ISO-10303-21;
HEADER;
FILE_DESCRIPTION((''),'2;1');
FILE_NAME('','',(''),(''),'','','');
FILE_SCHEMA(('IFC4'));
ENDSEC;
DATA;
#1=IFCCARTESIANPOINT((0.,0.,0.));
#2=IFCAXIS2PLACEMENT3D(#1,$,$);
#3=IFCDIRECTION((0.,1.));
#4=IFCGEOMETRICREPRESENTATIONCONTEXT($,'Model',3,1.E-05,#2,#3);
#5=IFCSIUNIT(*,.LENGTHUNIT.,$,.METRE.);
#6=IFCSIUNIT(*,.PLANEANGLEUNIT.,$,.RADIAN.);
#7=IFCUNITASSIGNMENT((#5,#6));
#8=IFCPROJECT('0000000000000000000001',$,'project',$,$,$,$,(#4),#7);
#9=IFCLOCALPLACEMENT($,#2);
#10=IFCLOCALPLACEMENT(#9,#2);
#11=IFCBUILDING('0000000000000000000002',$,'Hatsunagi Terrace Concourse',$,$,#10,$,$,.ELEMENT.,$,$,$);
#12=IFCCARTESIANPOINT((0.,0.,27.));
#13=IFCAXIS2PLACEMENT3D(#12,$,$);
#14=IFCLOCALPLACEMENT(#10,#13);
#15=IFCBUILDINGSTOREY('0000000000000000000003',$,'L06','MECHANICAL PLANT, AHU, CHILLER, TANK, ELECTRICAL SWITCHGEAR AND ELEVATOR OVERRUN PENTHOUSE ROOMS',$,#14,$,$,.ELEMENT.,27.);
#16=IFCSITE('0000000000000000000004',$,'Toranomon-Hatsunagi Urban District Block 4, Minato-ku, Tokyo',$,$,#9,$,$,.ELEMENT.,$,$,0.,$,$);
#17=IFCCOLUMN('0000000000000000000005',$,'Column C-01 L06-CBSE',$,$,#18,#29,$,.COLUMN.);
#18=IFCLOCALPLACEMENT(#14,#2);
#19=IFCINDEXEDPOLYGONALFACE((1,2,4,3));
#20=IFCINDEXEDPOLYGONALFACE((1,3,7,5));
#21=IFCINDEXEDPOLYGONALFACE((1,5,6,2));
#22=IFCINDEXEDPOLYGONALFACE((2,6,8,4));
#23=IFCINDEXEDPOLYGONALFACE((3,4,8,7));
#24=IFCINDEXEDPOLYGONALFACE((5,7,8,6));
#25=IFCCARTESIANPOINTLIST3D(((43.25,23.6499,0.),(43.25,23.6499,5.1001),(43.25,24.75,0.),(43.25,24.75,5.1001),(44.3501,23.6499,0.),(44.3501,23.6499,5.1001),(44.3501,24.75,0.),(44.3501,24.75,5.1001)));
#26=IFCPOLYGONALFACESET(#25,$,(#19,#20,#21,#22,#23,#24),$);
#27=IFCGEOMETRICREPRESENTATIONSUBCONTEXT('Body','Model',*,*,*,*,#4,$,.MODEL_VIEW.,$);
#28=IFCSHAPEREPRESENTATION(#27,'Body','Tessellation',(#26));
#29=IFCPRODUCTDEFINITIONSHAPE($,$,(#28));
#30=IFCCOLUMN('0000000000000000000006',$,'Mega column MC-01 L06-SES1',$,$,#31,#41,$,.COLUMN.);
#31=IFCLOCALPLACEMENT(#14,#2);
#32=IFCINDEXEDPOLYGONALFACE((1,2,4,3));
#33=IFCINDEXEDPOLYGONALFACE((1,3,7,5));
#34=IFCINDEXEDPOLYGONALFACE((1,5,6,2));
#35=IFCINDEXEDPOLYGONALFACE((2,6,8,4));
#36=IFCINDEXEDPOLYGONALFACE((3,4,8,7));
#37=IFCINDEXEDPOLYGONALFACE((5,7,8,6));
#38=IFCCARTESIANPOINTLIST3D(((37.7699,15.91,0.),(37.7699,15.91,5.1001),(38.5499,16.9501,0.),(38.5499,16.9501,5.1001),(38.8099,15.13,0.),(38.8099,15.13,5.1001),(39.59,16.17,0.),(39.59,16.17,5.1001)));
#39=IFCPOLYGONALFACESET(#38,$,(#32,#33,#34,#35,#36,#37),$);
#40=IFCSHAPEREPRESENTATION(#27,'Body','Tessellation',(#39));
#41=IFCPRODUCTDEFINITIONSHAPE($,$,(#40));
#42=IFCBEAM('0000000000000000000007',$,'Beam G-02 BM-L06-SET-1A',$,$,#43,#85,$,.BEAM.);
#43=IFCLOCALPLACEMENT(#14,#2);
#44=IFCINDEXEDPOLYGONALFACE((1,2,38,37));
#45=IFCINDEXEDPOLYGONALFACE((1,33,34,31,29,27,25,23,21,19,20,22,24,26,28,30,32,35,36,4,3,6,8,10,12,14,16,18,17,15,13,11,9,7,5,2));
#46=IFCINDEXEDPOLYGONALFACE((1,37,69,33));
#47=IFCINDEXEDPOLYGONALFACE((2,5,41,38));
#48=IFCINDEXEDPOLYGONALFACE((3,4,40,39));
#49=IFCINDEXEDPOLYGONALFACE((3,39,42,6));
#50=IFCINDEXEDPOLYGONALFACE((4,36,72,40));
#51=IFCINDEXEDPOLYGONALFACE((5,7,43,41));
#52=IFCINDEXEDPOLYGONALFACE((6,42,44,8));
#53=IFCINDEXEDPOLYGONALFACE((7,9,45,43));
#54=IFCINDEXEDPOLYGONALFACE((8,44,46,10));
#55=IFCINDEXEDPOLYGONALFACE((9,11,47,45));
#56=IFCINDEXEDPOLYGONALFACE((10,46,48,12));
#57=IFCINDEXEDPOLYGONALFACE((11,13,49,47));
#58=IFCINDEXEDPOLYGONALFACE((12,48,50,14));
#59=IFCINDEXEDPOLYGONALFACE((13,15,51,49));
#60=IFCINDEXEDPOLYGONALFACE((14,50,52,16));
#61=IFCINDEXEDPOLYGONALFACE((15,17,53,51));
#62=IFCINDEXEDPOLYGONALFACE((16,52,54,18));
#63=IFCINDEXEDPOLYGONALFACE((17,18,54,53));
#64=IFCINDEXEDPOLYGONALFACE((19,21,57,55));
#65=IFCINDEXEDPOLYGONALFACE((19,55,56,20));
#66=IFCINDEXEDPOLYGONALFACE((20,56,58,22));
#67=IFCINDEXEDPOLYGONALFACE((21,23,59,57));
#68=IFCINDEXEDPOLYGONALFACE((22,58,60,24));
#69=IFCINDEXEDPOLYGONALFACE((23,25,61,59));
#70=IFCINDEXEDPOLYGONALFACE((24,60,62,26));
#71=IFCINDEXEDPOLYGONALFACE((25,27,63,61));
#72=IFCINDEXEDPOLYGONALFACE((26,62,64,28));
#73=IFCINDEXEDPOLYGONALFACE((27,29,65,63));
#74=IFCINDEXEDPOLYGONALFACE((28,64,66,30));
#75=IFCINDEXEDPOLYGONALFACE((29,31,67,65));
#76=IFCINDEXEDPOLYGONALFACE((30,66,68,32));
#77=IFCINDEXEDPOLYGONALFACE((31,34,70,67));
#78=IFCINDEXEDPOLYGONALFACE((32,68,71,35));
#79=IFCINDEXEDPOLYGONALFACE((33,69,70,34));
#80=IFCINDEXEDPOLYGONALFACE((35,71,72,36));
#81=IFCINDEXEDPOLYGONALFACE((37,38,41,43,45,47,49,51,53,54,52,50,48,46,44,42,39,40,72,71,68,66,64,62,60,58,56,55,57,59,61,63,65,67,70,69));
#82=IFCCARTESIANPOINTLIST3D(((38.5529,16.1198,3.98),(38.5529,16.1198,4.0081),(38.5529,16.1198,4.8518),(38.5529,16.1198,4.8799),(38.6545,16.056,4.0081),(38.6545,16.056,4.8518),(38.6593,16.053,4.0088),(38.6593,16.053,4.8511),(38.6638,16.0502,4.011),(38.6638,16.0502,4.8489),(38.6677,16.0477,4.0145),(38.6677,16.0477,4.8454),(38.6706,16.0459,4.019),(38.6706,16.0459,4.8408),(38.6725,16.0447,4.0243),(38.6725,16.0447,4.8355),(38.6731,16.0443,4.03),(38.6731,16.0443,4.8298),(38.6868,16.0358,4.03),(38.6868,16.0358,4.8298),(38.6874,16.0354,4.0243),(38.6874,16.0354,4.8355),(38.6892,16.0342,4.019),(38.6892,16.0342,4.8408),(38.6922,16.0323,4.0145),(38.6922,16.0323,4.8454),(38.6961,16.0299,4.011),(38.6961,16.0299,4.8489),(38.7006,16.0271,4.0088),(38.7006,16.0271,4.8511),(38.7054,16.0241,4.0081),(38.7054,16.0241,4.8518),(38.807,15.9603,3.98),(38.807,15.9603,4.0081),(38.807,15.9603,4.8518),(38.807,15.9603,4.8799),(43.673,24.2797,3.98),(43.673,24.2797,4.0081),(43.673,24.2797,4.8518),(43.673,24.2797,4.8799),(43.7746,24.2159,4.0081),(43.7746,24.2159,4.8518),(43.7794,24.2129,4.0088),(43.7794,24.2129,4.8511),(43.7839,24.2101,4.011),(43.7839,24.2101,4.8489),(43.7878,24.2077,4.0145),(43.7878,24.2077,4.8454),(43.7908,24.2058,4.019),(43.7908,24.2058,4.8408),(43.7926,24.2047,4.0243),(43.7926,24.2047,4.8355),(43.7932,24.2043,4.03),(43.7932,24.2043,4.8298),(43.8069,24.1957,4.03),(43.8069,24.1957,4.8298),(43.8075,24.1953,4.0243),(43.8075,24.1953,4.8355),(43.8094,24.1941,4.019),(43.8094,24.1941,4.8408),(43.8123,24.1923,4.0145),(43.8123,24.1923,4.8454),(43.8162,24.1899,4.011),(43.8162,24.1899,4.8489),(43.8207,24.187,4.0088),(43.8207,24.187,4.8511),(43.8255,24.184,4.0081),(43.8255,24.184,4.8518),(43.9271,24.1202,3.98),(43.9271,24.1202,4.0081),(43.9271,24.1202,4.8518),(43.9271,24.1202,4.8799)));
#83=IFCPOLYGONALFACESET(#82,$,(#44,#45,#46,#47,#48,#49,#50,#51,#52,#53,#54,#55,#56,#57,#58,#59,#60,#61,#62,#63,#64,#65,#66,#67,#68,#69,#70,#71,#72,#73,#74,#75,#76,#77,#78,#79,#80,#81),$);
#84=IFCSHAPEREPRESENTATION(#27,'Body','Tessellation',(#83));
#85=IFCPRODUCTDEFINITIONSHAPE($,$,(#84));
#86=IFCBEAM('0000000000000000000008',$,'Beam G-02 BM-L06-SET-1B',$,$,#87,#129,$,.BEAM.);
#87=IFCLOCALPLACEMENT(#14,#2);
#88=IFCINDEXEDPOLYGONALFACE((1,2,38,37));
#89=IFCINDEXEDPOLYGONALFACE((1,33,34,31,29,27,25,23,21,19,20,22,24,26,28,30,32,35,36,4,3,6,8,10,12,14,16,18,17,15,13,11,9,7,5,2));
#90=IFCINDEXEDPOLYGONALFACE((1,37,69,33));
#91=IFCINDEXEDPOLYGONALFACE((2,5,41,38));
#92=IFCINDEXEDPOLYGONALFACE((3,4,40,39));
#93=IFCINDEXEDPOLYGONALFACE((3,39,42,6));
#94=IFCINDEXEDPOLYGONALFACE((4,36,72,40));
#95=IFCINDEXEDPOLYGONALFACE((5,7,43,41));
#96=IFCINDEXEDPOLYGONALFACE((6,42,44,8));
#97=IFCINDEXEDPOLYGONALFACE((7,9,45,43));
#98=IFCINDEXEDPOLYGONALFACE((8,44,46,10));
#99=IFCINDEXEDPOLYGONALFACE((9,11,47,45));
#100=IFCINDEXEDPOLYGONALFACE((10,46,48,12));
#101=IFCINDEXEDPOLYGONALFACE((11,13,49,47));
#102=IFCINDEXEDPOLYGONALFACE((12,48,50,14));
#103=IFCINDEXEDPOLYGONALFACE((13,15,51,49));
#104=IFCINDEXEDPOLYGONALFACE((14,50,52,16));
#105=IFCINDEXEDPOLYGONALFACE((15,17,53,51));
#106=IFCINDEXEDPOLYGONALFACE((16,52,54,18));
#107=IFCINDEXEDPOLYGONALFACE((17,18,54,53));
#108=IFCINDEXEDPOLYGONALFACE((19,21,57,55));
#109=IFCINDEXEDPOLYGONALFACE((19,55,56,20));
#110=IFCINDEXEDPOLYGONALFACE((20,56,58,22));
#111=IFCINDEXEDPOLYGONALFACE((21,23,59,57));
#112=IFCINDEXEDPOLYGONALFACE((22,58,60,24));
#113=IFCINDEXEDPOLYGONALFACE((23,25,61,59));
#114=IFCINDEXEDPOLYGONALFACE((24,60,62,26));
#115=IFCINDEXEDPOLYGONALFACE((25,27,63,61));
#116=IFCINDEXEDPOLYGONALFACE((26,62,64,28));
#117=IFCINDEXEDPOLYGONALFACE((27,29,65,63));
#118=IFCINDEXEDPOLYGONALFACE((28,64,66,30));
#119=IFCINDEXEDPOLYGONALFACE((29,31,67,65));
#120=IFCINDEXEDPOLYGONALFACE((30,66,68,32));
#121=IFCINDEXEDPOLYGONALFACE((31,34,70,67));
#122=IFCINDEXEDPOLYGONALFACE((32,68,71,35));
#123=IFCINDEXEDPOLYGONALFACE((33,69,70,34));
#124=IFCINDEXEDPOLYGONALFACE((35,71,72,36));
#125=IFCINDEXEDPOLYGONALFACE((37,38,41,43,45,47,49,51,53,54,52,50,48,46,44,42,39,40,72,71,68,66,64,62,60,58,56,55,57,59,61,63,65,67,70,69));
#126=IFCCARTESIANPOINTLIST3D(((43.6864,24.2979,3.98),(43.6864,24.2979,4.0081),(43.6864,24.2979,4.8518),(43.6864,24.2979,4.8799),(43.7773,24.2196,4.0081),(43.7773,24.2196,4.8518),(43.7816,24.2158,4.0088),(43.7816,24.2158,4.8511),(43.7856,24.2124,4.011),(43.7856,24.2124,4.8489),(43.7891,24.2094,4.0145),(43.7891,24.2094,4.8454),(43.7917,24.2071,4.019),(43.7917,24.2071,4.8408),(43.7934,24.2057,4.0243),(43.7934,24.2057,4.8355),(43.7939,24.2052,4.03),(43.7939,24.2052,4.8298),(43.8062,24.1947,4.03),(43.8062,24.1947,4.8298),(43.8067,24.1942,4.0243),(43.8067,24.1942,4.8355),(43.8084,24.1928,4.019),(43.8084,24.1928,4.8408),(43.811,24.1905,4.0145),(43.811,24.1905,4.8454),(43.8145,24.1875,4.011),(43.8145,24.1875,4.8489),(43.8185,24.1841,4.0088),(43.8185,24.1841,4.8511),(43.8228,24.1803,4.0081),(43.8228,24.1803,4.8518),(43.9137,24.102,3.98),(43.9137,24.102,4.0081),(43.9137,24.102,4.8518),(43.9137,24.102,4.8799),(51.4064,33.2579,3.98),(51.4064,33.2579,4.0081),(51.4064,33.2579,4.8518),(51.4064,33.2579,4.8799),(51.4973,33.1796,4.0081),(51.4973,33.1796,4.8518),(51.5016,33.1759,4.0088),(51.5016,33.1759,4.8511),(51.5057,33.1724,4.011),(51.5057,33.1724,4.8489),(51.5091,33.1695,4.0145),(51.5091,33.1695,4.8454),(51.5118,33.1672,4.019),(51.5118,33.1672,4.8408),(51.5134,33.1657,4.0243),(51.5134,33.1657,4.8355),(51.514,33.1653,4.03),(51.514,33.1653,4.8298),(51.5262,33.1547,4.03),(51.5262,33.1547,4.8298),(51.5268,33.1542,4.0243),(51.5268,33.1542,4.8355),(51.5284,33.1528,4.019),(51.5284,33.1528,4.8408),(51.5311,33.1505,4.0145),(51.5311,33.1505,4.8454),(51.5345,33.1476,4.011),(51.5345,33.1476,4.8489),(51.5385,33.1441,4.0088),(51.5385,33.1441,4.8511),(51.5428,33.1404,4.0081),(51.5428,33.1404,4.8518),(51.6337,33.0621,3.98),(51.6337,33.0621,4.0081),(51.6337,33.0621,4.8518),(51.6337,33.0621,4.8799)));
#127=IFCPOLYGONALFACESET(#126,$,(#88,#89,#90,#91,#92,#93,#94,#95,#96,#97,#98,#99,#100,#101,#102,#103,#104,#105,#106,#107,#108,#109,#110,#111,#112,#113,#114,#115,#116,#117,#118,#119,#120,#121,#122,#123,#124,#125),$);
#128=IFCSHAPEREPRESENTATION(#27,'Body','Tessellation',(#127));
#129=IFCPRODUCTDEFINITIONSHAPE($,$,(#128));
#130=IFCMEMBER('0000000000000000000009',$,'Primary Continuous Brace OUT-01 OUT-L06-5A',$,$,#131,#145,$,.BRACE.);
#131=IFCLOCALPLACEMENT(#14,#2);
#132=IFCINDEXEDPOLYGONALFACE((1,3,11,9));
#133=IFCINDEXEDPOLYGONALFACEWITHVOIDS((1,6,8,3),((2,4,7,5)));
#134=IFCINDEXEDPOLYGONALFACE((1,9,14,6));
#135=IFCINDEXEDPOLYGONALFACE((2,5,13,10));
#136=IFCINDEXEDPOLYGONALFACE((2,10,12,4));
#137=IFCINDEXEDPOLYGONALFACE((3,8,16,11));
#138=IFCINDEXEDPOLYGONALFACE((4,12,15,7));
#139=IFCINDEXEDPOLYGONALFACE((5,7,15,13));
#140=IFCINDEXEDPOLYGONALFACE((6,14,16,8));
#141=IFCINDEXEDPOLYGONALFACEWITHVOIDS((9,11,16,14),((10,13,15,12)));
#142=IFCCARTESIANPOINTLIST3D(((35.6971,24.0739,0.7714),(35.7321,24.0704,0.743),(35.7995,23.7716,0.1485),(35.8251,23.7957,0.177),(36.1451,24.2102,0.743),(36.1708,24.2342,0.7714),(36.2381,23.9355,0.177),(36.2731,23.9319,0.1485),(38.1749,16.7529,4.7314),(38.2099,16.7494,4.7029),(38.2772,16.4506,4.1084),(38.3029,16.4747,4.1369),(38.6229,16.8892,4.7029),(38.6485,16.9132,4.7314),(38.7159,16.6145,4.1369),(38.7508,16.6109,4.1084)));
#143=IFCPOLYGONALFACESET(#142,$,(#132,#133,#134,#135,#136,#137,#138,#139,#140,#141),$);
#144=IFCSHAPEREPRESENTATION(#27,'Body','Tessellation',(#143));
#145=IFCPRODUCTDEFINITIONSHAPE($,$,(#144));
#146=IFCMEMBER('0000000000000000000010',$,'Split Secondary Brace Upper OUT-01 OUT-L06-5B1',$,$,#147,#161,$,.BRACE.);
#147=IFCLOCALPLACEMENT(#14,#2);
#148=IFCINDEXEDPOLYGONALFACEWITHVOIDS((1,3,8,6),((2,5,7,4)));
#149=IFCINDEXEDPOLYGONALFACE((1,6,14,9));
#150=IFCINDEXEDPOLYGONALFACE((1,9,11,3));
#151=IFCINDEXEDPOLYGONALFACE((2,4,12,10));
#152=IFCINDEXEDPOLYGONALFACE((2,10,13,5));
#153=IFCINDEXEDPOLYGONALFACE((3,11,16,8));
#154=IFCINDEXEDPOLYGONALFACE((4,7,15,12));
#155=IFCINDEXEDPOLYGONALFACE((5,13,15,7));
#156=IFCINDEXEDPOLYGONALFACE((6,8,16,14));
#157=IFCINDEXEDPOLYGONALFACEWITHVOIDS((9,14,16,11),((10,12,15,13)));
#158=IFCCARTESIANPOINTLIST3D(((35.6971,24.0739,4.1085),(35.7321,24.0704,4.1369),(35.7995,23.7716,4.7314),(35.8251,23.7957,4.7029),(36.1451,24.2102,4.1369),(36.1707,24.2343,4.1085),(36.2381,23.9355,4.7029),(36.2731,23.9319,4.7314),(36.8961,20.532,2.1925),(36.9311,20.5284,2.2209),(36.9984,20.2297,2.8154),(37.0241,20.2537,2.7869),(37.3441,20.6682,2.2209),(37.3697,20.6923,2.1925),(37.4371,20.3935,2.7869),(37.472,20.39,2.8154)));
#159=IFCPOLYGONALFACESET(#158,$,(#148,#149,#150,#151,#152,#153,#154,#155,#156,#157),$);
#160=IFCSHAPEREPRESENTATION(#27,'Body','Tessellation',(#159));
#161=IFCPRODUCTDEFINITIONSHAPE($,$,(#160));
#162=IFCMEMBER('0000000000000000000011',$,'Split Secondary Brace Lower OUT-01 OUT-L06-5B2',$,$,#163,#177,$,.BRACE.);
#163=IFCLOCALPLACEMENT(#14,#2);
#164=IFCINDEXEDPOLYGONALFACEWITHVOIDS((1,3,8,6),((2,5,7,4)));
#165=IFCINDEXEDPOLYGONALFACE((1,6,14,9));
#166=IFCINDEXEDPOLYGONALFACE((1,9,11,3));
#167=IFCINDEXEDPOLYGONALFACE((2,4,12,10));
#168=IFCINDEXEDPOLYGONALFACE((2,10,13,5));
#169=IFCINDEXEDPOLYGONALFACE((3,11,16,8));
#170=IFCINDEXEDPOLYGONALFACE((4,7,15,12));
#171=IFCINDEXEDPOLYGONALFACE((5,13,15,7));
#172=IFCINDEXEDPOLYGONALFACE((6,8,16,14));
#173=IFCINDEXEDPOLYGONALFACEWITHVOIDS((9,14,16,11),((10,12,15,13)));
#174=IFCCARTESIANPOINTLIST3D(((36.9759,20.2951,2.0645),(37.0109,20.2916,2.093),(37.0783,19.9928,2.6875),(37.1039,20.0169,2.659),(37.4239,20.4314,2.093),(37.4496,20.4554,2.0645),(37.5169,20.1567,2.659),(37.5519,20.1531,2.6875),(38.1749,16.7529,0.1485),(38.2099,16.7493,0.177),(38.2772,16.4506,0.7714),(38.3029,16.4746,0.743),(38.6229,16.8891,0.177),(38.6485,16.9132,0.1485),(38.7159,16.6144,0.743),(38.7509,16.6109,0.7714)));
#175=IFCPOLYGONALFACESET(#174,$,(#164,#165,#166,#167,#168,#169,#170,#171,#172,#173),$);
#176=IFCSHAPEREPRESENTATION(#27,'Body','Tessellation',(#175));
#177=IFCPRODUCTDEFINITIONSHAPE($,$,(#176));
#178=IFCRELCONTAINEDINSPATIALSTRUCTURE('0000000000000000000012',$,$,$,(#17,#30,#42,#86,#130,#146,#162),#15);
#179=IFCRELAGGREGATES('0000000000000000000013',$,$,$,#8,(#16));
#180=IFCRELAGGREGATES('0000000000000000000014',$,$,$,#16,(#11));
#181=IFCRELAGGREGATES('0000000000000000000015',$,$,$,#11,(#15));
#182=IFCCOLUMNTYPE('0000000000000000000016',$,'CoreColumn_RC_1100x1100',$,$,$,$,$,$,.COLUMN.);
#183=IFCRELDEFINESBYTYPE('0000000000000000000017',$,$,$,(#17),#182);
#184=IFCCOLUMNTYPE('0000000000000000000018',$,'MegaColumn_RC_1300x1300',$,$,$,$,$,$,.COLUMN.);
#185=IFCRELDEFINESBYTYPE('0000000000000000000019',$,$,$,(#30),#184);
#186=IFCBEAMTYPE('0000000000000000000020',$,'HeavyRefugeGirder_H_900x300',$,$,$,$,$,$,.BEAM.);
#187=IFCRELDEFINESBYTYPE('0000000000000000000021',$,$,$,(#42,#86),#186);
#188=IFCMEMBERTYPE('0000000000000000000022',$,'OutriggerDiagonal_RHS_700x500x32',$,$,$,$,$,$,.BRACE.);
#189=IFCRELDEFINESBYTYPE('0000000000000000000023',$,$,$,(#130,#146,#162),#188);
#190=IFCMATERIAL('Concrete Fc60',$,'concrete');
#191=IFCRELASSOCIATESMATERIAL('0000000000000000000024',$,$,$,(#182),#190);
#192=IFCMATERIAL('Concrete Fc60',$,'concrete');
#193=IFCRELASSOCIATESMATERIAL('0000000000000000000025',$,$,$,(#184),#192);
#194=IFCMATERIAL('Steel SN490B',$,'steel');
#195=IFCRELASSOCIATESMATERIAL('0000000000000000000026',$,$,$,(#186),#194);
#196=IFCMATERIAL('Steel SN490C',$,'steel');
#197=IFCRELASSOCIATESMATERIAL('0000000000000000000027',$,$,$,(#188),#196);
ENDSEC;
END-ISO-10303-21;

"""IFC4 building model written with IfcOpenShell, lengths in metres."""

from ifc_helpers import new_model, si_unit, direction, frame, origin, origin_2d, place, context, subcontext, project, spatial, rectangle, hollow_rectangle, i_section, extrude, material, material_profile, profile_set, type_object, element, save


model = new_model("IFC4")

# Units and contexts
model_context = context("Model", 3, precision=1e-05, world=origin(), true_north=direction((0.0, 1.0)))
body_context = subcontext(model_context, "Body", "Model", "MODEL_VIEW")
ifc_project = project(units=[si_unit("LENGTHUNIT", "METRE"), si_unit("PLANEANGLEUNIT", "RADIAN")], contexts=[model_context])

# Site, building, storey
site_placement = place(None, origin())
site = spatial("IfcSite", under=ifc_project, at=site_placement, Name="Toranomon-Hatsunagi Urban District Block 4, Minato-ku, Tokyo", CompositionType="ELEMENT", RefElevation=0.0)
building_placement = place(site_placement, origin())
building = spatial("IfcBuilding", under=site, at=building_placement, Name="Hatsunagi Terrace Concourse", CompositionType="ELEMENT")
storey_placement = place(building_placement, frame((0.0, 0.0, 27.0)))
storey = spatial("IfcBuildingStorey", under=building, at=storey_placement, Name="L06", Description="MECHANICAL PLANT, AHU, CHILLER, TANK, ELECTRICAL SWITCHGEAR AND ELEVATOR OVERRUN PENTHOUSE ROOMS", CompositionType="ELEMENT", Elevation=27.0)

# Columns
ifc_material_1 = material(Name="Concrete Fc60", Category="concrete")
ifc_material_profile_1 = material_profile(ifc_material_1, rectangle(XDim=1.1001, YDim=1.1001, at=origin_2d()), Name="RC-1100x1100")
ifc_profile_set_1 = profile_set([ifc_material_profile_1], Name="Concrete Fc60")
column_type_1 = type_object("IfcColumnType", Name="CoreColumn_RC_1100x1100", PredefinedType="COLUMN", material=ifc_profile_set_1)
column_1_placement = place(storey_placement, frame((43.8, 24.2, 0.0), z_axis=(0.0, 0.0, 1.0), x_axis=(1.0, 0.0, 0.0)))
element("IfcColumn", 1, at=column_1_placement, inside=storey, type_object=column_type_1, Name="Column C-01 L06-CBSE", PredefinedType="COLUMN", context=body_context, shape_type="SweptSolid", body=[
    extrude(rectangle(XDim=1.1001, YDim=1.1001, at=origin_2d()), origin(), (0.0, 0.0, 1.0), 5.1001),
])
ifc_material_2 = material(Name="Concrete Fc60", Category="concrete")
ifc_material_profile_2 = material_profile(ifc_material_2, rectangle(XDim=1.3, YDim=1.3, at=origin_2d()), Name="RC-1300x1300")
ifc_profile_set_2 = profile_set([ifc_material_profile_2], Name="Concrete Fc60")
column_type_2 = type_object("IfcColumnType", Name="MegaColumn_RC_1300x1300", PredefinedType="COLUMN", material=ifc_profile_set_2)
column_2_placement = place(storey_placement, frame((38.6799, 16.04, 0.0), z_axis=(0.0, 0.0, 1.0), x_axis=(0.8, -0.6, 0.0)))
element("IfcColumn", 2, at=column_2_placement, inside=storey, type_object=column_type_2, Name="Mega column MC-01 L06-SES1", PredefinedType="COLUMN", context=body_context, shape_type="SweptSolid", body=[
    extrude(rectangle(XDim=1.3, YDim=1.3, at=origin_2d()), origin(), (0.0, 0.0, 1.0), 5.1001),
])

# Beams
ifc_material_3 = material(Name="Steel SN490B", Category="steel")
ifc_material_profile_3 = material_profile(ifc_material_3, i_section(OverallWidth=0.3, OverallDepth=0.8999, WebThickness=0.0161, FlangeThickness=0.0281, FilletRadius=0.022, at=origin_2d()), Name="H-900x300x16x28")
ifc_profile_set_3 = profile_set([ifc_material_profile_3], Name="Steel SN490B")
beam_type_1 = type_object("IfcBeamType", Name="HeavyRefugeGirder_H_900x300", PredefinedType="BEAM", material=ifc_profile_set_3)
beam_1_placement = place(storey_placement, frame((38.6799, 16.04, 4.4299), z_axis=(0.531504, 0.847056, 0.0), x_axis=(-0.847056, 0.531504, 0.0)))
element("IfcBeam", 3, at=beam_1_placement, inside=storey, type_object=beam_type_1, Name="Beam G-02 BM-L06-SET-1A", PredefinedType="BEAM", context=body_context, shape_type="SweptSolid", body=[
    extrude(i_section(OverallWidth=0.3, OverallDepth=0.8999, WebThickness=0.0161, FlangeThickness=0.0281, FilletRadius=0.022, at=origin_2d()), origin(), (0.0, 0.0, 1.0), 9.6333),
])
beam_2_placement = place(storey_placement, frame((43.8, 24.2, 4.4299), z_axis=(0.652739, 0.757583, 0.0), x_axis=(-0.757583, 0.652739, 0.0)))
element("IfcBeam", 4, at=beam_2_placement, inside=storey, type_object=beam_type_1, Name="Beam G-02 BM-L06-SET-1B", PredefinedType="BEAM", context=body_context, shape_type="SweptSolid", body=[
    extrude(i_section(OverallWidth=0.3, OverallDepth=0.8999, WebThickness=0.0161, FlangeThickness=0.0281, FilletRadius=0.022, at=origin_2d()), origin(), (0.0, 0.0, 1.0), 11.8271),
])

# Members
ifc_material_4 = material(Name="Steel SN490C", Category="steel")
ifc_material_profile_4 = material_profile(ifc_material_4, hollow_rectangle(XDim=0.5, YDim=0.7, WallThickness=0.032, at=origin_2d()), Name="RHS-700x500x32")
ifc_profile_set_4 = profile_set([ifc_material_profile_4], Name="Steel SN490C")
member_type = type_object("IfcMemberType", Name="OutriggerDiagonal_RHS_700x500x32", PredefinedType="BRACE", material=ifc_profile_set_4)
member_1_placement = place(storey_placement, frame((35.9851, 24.0029, 0.46), z_axis=(0.285315, -0.843013, 0.455987), x_axis=(0.94722, 0.320584, 0.0)))
element("IfcMember", 5, at=member_1_placement, inside=storey, type_object=member_type, Name="Primary Continuous Brace OUT-01 OUT-L06-5A", PredefinedType="BRACE", context=body_context, shape_type="SweptSolid", body=[
    extrude(hollow_rectangle(XDim=0.5, YDim=0.7, WallThickness=0.032, at=origin_2d()), origin(), (0.0, 0.0, 1.0), 8.6843),
])
member_2_placement = place(storey_placement, frame((35.9851, 24.0029, 4.4199), z_axis=(0.285354, -0.842988, -0.456009), x_axis=(0.947204, 0.320631, 0.0)))
element("IfcMember", 6, at=member_2_placement, inside=storey, type_object=member_type, Name="Split Secondary Brace Upper OUT-01 OUT-L06-5B1", PredefinedType="BRACE", context=body_context, shape_type="SweptSolid", body=[
    extrude(hollow_rectangle(XDim=0.5, YDim=0.7, WallThickness=0.032, at=origin_2d()), origin(), (0.0, 0.0, 1.0), 4.2017),
])
member_3_placement = place(storey_placement, frame((37.2639, 20.2241, 2.376), z_axis=(0.28534, -0.843005, -0.455986), x_axis=(0.947211, 0.320611, 0.0)))
element("IfcMember", 7, at=member_3_placement, inside=storey, type_object=member_type, Name="Split Secondary Brace Lower OUT-01 OUT-L06-5B2", PredefinedType="BRACE", context=body_context, shape_type="SweptSolid", body=[
    extrude(hollow_rectangle(XDim=0.5, YDim=0.7, WallThickness=0.032, at=origin_2d()), origin(), (0.0, 0.0, 1.0), 4.2019),
])

save(model, "model.ifc")
